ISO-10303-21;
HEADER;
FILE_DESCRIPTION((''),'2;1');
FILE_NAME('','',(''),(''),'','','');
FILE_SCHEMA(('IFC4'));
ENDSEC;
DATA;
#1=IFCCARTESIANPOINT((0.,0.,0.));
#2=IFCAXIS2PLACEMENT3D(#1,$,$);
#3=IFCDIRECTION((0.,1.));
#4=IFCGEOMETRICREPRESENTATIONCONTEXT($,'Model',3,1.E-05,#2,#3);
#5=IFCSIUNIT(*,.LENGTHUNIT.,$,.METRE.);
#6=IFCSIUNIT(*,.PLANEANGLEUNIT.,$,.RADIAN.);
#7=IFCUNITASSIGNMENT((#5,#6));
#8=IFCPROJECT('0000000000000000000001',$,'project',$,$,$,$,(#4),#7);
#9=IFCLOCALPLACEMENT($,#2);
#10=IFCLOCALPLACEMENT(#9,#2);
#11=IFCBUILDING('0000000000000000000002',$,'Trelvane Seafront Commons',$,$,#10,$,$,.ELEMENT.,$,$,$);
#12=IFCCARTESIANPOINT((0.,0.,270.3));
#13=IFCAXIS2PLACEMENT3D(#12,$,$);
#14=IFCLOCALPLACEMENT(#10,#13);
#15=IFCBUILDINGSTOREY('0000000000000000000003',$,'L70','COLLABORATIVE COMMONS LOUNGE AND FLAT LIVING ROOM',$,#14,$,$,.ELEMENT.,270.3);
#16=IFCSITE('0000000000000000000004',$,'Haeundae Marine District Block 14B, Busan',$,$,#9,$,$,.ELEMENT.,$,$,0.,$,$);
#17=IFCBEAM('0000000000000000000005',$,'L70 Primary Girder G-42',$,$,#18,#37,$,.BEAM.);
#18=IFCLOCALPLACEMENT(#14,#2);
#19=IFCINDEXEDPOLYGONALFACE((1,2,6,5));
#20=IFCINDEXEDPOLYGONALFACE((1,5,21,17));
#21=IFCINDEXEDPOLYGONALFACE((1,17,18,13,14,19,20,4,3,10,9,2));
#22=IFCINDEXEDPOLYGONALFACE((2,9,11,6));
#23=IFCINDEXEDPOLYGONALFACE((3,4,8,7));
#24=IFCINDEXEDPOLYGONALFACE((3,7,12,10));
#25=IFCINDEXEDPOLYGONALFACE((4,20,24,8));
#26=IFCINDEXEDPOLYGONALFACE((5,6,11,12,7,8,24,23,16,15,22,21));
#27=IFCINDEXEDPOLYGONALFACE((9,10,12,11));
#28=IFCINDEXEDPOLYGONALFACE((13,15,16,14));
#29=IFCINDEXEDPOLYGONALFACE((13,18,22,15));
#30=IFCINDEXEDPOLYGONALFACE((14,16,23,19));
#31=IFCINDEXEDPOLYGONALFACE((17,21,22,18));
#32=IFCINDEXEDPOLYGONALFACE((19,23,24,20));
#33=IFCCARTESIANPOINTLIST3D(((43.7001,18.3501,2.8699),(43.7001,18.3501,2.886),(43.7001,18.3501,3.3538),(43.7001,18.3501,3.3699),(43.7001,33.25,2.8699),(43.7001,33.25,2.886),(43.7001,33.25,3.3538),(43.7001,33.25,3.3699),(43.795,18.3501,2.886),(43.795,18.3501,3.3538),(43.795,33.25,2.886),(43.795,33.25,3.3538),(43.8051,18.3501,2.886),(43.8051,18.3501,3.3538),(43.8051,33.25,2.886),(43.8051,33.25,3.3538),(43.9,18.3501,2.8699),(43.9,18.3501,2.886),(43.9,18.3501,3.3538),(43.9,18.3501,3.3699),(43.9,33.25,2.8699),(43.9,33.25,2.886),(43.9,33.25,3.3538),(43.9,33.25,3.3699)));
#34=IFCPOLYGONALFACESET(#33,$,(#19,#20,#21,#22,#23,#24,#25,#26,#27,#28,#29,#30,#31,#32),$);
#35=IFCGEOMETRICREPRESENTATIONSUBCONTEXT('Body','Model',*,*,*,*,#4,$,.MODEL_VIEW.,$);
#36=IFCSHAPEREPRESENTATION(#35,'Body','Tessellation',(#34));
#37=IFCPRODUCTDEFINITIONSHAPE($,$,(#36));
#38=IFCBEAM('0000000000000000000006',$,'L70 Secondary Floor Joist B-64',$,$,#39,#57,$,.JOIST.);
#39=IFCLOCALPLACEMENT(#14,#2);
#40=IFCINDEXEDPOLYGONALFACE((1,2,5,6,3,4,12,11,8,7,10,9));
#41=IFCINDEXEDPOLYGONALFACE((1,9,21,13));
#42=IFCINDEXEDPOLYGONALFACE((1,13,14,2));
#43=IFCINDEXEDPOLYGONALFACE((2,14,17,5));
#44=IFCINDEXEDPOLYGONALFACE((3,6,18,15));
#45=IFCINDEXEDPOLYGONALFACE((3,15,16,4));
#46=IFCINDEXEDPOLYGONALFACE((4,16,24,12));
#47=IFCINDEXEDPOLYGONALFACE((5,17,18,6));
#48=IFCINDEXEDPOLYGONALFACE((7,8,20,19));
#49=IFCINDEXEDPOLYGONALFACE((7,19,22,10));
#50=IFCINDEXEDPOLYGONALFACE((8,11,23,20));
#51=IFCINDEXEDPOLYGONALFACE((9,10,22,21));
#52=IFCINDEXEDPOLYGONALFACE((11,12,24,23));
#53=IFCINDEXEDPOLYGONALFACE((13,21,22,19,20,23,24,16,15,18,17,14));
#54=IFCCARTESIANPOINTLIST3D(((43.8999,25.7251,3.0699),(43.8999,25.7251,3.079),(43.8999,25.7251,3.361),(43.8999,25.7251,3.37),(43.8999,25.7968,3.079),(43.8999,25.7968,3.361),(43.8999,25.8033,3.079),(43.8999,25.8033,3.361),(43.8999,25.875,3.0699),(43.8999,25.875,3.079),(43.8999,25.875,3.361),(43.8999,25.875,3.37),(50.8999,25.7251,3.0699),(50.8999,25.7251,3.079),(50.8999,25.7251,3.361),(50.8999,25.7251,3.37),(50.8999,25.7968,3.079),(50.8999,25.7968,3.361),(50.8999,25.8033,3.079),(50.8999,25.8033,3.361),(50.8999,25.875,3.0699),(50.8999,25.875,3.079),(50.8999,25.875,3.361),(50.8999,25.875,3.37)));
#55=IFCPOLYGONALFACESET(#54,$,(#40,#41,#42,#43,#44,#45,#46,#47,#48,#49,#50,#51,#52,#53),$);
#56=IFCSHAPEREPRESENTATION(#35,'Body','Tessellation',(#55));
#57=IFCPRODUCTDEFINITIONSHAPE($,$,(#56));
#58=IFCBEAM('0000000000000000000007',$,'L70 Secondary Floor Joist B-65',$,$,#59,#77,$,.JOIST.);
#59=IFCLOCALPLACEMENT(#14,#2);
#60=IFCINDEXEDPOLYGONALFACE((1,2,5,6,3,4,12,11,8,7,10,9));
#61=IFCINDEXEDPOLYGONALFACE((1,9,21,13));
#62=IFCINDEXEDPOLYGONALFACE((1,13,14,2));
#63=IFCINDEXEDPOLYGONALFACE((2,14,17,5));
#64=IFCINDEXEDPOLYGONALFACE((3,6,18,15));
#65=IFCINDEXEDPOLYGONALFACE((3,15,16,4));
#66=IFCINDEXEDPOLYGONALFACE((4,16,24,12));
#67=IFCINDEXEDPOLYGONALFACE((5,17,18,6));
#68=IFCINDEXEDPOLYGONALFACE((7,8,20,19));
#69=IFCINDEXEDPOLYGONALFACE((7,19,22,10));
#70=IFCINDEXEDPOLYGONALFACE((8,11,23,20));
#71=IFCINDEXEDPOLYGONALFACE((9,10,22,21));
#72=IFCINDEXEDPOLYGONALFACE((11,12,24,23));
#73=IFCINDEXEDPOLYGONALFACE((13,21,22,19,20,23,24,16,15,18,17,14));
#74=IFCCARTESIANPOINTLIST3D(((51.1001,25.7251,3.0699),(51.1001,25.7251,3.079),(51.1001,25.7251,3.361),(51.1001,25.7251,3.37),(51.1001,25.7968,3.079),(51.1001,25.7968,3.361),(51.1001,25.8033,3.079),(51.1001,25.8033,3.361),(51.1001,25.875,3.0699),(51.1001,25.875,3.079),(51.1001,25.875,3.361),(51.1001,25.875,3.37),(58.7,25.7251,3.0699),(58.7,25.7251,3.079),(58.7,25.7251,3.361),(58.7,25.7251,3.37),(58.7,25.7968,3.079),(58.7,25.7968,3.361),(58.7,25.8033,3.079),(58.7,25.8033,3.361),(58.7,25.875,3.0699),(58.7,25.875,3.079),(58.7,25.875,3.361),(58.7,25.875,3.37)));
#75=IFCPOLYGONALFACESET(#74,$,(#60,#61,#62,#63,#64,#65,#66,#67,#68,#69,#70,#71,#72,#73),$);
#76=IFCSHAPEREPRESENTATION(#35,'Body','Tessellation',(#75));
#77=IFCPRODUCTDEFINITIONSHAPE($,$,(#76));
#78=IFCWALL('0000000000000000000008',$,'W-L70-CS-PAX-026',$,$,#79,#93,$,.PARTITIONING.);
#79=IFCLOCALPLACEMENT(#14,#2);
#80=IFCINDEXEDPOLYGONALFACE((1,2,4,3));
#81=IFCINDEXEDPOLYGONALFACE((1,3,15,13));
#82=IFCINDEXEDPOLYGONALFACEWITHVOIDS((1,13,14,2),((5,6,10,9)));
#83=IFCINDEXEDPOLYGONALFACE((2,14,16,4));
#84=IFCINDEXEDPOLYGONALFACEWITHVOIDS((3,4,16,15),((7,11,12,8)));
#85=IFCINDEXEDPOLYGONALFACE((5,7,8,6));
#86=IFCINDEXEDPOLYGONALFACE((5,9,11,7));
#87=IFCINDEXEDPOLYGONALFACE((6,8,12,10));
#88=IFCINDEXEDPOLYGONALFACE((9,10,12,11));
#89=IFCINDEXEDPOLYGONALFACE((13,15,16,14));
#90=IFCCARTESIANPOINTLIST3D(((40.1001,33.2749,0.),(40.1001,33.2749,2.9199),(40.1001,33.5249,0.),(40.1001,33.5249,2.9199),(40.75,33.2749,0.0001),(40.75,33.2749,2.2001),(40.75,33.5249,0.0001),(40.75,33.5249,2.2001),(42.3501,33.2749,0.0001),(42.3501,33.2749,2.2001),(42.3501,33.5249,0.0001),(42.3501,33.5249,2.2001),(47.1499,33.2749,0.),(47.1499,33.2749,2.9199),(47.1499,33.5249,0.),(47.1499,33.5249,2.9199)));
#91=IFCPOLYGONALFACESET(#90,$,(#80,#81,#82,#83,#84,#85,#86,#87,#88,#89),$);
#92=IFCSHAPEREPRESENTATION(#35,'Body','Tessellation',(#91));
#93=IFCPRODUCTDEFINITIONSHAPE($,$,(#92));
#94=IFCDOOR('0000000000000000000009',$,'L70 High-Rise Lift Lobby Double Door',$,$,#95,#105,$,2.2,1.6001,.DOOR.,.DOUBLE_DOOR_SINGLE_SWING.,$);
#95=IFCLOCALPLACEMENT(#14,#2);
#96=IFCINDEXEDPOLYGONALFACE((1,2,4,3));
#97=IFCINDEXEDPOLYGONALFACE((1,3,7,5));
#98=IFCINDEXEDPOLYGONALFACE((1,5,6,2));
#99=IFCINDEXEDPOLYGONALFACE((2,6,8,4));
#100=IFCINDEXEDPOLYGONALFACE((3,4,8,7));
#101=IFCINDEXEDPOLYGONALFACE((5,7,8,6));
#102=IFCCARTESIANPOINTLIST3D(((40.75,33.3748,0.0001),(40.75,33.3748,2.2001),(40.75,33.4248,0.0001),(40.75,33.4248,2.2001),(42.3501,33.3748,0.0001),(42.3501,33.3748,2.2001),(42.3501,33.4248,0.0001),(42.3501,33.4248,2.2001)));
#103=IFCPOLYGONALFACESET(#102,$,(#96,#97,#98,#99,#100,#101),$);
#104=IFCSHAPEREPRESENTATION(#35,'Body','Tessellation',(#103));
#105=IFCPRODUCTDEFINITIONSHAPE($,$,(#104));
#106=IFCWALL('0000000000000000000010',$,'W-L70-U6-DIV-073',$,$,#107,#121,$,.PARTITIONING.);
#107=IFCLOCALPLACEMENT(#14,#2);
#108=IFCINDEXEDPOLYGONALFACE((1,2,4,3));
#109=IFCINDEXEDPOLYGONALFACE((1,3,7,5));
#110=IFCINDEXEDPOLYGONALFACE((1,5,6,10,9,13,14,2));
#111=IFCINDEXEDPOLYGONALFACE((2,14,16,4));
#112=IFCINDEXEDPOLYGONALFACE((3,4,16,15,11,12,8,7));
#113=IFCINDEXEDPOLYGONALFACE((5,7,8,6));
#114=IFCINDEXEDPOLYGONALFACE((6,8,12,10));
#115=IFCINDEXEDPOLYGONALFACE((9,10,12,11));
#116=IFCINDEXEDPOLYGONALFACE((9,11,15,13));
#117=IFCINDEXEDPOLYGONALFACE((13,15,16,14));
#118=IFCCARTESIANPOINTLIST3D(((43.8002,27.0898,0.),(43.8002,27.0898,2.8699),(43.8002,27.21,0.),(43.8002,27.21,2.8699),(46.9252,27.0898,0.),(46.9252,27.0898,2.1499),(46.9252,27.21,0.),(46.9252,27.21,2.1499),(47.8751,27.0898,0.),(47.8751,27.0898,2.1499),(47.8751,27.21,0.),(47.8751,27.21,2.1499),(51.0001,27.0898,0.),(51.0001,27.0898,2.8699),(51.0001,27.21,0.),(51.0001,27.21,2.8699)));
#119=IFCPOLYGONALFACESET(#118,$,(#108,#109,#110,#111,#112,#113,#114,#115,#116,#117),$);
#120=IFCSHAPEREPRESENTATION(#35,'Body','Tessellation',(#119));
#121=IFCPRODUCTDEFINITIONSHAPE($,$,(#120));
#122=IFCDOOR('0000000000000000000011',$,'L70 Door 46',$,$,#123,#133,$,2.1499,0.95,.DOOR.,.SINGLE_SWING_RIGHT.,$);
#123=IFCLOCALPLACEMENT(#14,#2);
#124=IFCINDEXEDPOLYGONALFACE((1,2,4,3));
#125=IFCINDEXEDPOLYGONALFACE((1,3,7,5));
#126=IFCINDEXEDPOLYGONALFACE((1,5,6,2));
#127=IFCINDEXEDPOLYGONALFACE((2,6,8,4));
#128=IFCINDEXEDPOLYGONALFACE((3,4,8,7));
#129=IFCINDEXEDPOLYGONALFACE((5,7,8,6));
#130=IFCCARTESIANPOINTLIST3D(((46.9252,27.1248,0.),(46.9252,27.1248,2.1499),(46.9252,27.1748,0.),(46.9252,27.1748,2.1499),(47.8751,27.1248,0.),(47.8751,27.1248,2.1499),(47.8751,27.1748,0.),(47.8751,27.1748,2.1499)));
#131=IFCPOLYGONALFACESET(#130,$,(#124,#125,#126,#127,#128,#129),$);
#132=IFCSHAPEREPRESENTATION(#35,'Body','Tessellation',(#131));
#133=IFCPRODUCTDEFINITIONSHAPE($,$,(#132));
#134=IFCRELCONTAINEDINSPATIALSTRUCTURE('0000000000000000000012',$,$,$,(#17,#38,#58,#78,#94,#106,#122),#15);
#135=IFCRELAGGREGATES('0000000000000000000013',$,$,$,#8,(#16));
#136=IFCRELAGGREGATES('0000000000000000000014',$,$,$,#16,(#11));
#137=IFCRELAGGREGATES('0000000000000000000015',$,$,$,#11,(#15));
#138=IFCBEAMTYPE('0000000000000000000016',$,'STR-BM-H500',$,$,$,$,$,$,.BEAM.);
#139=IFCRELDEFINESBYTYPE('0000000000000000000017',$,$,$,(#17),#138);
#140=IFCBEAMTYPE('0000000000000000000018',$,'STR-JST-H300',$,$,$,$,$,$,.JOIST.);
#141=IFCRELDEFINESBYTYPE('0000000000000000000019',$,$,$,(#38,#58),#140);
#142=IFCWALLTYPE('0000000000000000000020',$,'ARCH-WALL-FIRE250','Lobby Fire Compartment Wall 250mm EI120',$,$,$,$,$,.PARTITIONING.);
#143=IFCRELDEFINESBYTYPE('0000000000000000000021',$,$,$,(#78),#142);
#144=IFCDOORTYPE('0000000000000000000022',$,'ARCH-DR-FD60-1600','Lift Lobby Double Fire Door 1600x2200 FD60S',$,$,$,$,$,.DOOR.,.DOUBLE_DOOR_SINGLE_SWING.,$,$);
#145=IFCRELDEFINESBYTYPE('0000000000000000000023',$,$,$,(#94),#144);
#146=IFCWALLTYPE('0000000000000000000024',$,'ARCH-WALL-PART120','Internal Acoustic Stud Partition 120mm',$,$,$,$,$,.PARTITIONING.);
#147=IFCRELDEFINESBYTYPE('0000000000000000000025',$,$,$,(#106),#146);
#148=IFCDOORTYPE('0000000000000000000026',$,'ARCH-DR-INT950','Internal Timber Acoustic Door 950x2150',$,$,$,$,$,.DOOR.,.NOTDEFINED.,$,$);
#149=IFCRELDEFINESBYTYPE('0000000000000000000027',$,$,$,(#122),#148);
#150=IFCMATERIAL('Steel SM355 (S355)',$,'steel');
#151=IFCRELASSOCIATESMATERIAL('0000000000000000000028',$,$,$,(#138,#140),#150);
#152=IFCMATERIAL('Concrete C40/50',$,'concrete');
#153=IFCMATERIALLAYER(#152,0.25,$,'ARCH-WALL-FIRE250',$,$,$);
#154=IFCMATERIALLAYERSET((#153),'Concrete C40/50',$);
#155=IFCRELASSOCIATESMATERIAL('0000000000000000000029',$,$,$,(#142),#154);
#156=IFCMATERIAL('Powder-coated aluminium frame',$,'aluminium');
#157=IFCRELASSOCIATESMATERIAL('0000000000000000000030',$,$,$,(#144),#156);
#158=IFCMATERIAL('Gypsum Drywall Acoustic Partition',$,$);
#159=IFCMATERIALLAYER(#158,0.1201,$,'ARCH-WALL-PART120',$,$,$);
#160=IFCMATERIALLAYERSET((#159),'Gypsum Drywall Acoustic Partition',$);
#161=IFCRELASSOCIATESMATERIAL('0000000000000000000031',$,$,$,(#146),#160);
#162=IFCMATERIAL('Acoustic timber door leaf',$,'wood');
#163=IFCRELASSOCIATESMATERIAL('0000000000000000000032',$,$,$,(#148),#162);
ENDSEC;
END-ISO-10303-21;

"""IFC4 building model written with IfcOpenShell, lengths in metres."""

from ifc_helpers import new_model, si_unit, direction, frame, frame_2d, origin, origin_2d, place, context, subcontext, project, spatial, rectangle, i_section, extrude, source, transform, mapped, material, layer, layer_set, material_profile, profile_set, type_object, element, fill, save


model = new_model("IFC4")

# Units and contexts
model_context = context("Model", 3, precision=1e-05, world=origin(), true_north=direction((0.0, 1.0)))
body_context = subcontext(model_context, "Body", "Model", "MODEL_VIEW")
ifc_project = project(units=[si_unit("LENGTHUNIT", "METRE"), si_unit("PLANEANGLEUNIT", "RADIAN")], contexts=[model_context])

# Site, building, storey
site_placement = place(None, origin())
site = spatial("IfcSite", under=ifc_project, at=site_placement, Name="Haeundae Marine District Block 14B, Busan", CompositionType="ELEMENT", RefElevation=0.0)
building_placement = place(site_placement, origin())
building = spatial("IfcBuilding", under=site, at=building_placement, Name="Trelvane Seafront Commons", CompositionType="ELEMENT")
storey_placement = place(building_placement, frame((0.0, 0.0, 270.3)))
storey = spatial("IfcBuildingStorey", under=building, at=storey_placement, Name="L70", Description="COLLABORATIVE COMMONS LOUNGE AND FLAT LIVING ROOM", CompositionType="ELEMENT", Elevation=270.3)

# Beams
ifc_material_1 = material(Name="Steel SM355 (S355)", Category="steel")
ifc_material_profile_1 = material_profile(ifc_material_1, i_section(OverallWidth=0.2, OverallDepth=0.5, WebThickness=0.01, FlangeThickness=0.0161, at=origin_2d()), Name="H-500x200x10x16")
ifc_profile_set_1 = profile_set([ifc_material_profile_1], Name="Steel SM355 (S355)")
beam_type_1 = type_object("IfcBeamType", Name="STR-BM-H500", PredefinedType="BEAM", material=ifc_profile_set_1)
shared_shape_1 = source(origin(), body_context, "Body", "SweptSolid", [
    extrude(i_section(OverallWidth=0.2, OverallDepth=0.5, WebThickness=0.01, FlangeThickness=0.0161, at=origin_2d()), origin(), (0.0, 0.0, 1.0), 14.8999),
])
beam_1_placement = place(storey_placement, frame((43.8, 18.3501, 3.1199), z_axis=(0.0, 1.0, 0.0), x_axis=(-1.0, 0.0, 0.0)))
element("IfcBeam", 1, at=beam_1_placement, inside=storey, type_object=beam_type_1, Name="L70 Primary Girder G-42", PredefinedType="BEAM", context=body_context, shape_type="MappedRepresentation", body=[
    mapped(shared_shape_1, transform((0.0, 0.0, 0.0), x_axis=(1.0, 0.0, 0.0), y_axis=(0.0, 1.0, 0.0), z_axis=(0.0, 0.0, 1.0), scale=1.0)),
])
ifc_material_profile_2 = material_profile(ifc_material_1, i_section(OverallWidth=0.1499, OverallDepth=0.3, WebThickness=0.0066, FlangeThickness=0.009, at=origin_2d()), Name="H-300x150x6.5x9")
ifc_profile_set_2 = profile_set([ifc_material_profile_2], Name="Steel SM355 (S355)")
beam_type_2 = type_object("IfcBeamType", Name="STR-JST-H300", PredefinedType="JOIST", material=ifc_profile_set_2)
shared_shape_2 = source(origin(), body_context, "Body", "SweptSolid", [
    extrude(i_section(OverallWidth=0.1499, OverallDepth=0.3, WebThickness=0.0066, FlangeThickness=0.009, at=origin_2d()), origin(), (0.0, 0.0, 1.0), 7.0),
])
beam_2_placement = place(storey_placement, frame((43.8999, 25.8, 3.22), z_axis=(1.0, 0.0, 0.0), x_axis=(0.0, 1.0, 0.0)))
element("IfcBeam", 2, at=beam_2_placement, inside=storey, type_object=beam_type_2, Name="L70 Secondary Floor Joist B-64", PredefinedType="JOIST", context=body_context, shape_type="MappedRepresentation", body=[
    mapped(shared_shape_2, transform((0.0, 0.0, 0.0), x_axis=(1.0, 0.0, 0.0), y_axis=(0.0, 1.0, 0.0), z_axis=(0.0, 0.0, 1.0), scale=1.0)),
])
shared_shape_3 = source(origin(), body_context, "Body", "SweptSolid", [
    extrude(i_section(OverallWidth=0.1499, OverallDepth=0.3, WebThickness=0.0066, FlangeThickness=0.009, at=origin_2d()), origin(), (0.0, 0.0, 1.0), 7.5999),
])
beam_3_placement = place(storey_placement, frame((51.1001, 25.8, 3.22), z_axis=(1.0, 0.0, 0.0), x_axis=(0.0, 1.0, 0.0)))
element("IfcBeam", 3, at=beam_3_placement, inside=storey, type_object=beam_type_2, Name="L70 Secondary Floor Joist B-65", PredefinedType="JOIST", context=body_context, shape_type="MappedRepresentation", body=[
    mapped(shared_shape_3, transform((0.0, 0.0, 0.0), x_axis=(1.0, 0.0, 0.0), y_axis=(0.0, 1.0, 0.0), z_axis=(0.0, 0.0, 1.0), scale=1.0)),
])

# Walls, openings, doors
ifc_material_2 = material(Name="Concrete C40/50", Category="concrete")
ifc_layer_1 = layer(ifc_material_2, 0.25, Name="ARCH-WALL-FIRE250")
ifc_layer_set_1 = layer_set([ifc_layer_1], Name="Concrete C40/50")
wall_type_1 = type_object("IfcWallType", Name="ARCH-WALL-FIRE250", Description="Lobby Fire Compartment Wall 250mm EI120", PredefinedType="PARTITIONING", material=ifc_layer_set_1)
wall_1_placement = place(storey_placement, frame((40.1001, 33.3999, 0.0), z_axis=(0.0, 0.0, 1.0), x_axis=(1.0, 0.0, 0.0)))
wall_1 = element("IfcWall", 4, at=wall_1_placement, inside=storey, type_object=wall_type_1, Name="W-L70-CS-PAX-026", PredefinedType="PARTITIONING", context=body_context, shape_type="SweptSolid", body=[
    extrude(rectangle(XDim=7.0498, YDim=0.25, at=frame_2d((3.5249, 0.0))), origin(), (0.0, 0.0, 1.0), 2.9199),
])
opening_1_placement = place(wall_1_placement, frame((0.6499, 0.0, 0.0)))
opening_1 = element("IfcOpeningElement", 5, at=opening_1_placement, cuts=wall_1, PredefinedType="OPENING", context=body_context, shape_type="SweptSolid", body=[
    extrude(rectangle(XDim=1.6001, YDim=2.2, at=frame_2d((0.8, 1.1001))), frame((0.0, 0.135, 0.0), z_axis=(0.0, -1.0, 0.0), x_axis=(1.0, 0.0, 0.0)), (0.0, 0.0, 1.0), 0.27),
])
ifc_material_3 = material(Name="Powder-coated aluminium frame", Category="aluminium")
door_type_1 = type_object("IfcDoorType", Name="ARCH-DR-FD60-1600", Description="Lift Lobby Double Fire Door 1600x2200 FD60S", OperationType="DOUBLE_DOOR_SINGLE_SWING", PredefinedType="DOOR", material=ifc_material_3)
shared_shape_4 = source(origin(), body_context, "Body", "SweptSolid", [
    extrude(rectangle(XDim=1.6001, YDim=2.2, at=frame_2d((0.8, 1.1001))), frame((0.0, 0.0249, 0.0), z_axis=(0.0, -1.0, 0.0), x_axis=(1.0, 0.0, 0.0)), (0.0, 0.0, 1.0), 0.05),
])
door_1_placement = place(opening_1_placement, origin())
door_1 = element("IfcDoor", 6, at=door_1_placement, inside=storey, type_object=door_type_1, Name="L70 High-Rise Lift Lobby Double Door", OperationType="DOUBLE_DOOR_SINGLE_SWING", OverallHeight=2.2, OverallWidth=1.6001, PredefinedType="DOOR", context=body_context, shape_type="MappedRepresentation", body=[
    mapped(shared_shape_4, transform((0.0, 0.0, 0.0), x_axis=(1.0, 0.0, 0.0), y_axis=(0.0, 1.0, 0.0), z_axis=(0.0, 0.0, 1.0), scale=1.0)),
])
fill(opening_1, door_1)
ifc_material_4 = material(Name="Gypsum Drywall Acoustic Partition")
ifc_layer_2 = layer(ifc_material_4, 0.1201, Name="ARCH-WALL-PART120")
ifc_layer_set_2 = layer_set([ifc_layer_2], Name="Gypsum Drywall Acoustic Partition")
wall_type_2 = type_object("IfcWallType", Name="ARCH-WALL-PART120", Description="Internal Acoustic Stud Partition 120mm", PredefinedType="PARTITIONING", material=ifc_layer_set_2)
wall_2_placement = place(storey_placement, frame((43.8, 27.1499, 0.0), z_axis=(0.0, 0.0, 1.0), x_axis=(1.0, 0.0, 0.0)))
wall_2 = element("IfcWall", 7, at=wall_2_placement, inside=storey, type_object=wall_type_2, Name="W-L70-U6-DIV-073", PredefinedType="PARTITIONING", context=body_context, shape_type="SweptSolid", body=[
    extrude(rectangle(XDim=7.2, YDim=0.1201, at=frame_2d((3.6001, 0.0))), origin(), (0.0, 0.0, 1.0), 2.8699),
])
opening_2_placement = place(wall_2_placement, frame((3.125, 0.0, 0.0)))
opening_2 = element("IfcOpeningElement", 8, at=opening_2_placement, cuts=wall_2, PredefinedType="OPENING", context=body_context, shape_type="SweptSolid", body=[
    extrude(rectangle(XDim=0.95, YDim=2.1499, at=frame_2d((0.4751, 1.075))), frame((0.0, 0.0701, 0.0), z_axis=(0.0, -1.0, 0.0), x_axis=(1.0, 0.0, 0.0)), (0.0, 0.0, 1.0), 0.1401),
])
ifc_material_5 = material(Name="Acoustic timber door leaf", Category="wood")
door_type_2 = type_object("IfcDoorType", Name="ARCH-DR-INT950", Description="Internal Timber Acoustic Door 950x2150", OperationType="NOTDEFINED", PredefinedType="DOOR", material=ifc_material_5)
shared_shape_5 = source(origin(), body_context, "Body", "SweptSolid", [
    extrude(rectangle(XDim=0.95, YDim=2.1499, at=frame_2d((0.4751, 1.075))), frame((0.0, 0.0249, 0.0), z_axis=(0.0, -1.0, 0.0), x_axis=(1.0, 0.0, 0.0)), (0.0, 0.0, 1.0), 0.05),
])
door_2_placement = place(opening_2_placement, origin())
door_2 = element("IfcDoor", 9, at=door_2_placement, inside=storey, type_object=door_type_2, Name="L70 Door 46", OperationType="SINGLE_SWING_RIGHT", OverallHeight=2.1499, OverallWidth=0.95, PredefinedType="DOOR", context=body_context, shape_type="MappedRepresentation", body=[
    mapped(shared_shape_5, transform((0.0, 0.0, 0.0), x_axis=(1.0, 0.0, 0.0), y_axis=(0.0, 1.0, 0.0), z_axis=(0.0, 0.0, 1.0), scale=1.0)),
])
fill(opening_2, door_2)

save(model, "model.ifc")
